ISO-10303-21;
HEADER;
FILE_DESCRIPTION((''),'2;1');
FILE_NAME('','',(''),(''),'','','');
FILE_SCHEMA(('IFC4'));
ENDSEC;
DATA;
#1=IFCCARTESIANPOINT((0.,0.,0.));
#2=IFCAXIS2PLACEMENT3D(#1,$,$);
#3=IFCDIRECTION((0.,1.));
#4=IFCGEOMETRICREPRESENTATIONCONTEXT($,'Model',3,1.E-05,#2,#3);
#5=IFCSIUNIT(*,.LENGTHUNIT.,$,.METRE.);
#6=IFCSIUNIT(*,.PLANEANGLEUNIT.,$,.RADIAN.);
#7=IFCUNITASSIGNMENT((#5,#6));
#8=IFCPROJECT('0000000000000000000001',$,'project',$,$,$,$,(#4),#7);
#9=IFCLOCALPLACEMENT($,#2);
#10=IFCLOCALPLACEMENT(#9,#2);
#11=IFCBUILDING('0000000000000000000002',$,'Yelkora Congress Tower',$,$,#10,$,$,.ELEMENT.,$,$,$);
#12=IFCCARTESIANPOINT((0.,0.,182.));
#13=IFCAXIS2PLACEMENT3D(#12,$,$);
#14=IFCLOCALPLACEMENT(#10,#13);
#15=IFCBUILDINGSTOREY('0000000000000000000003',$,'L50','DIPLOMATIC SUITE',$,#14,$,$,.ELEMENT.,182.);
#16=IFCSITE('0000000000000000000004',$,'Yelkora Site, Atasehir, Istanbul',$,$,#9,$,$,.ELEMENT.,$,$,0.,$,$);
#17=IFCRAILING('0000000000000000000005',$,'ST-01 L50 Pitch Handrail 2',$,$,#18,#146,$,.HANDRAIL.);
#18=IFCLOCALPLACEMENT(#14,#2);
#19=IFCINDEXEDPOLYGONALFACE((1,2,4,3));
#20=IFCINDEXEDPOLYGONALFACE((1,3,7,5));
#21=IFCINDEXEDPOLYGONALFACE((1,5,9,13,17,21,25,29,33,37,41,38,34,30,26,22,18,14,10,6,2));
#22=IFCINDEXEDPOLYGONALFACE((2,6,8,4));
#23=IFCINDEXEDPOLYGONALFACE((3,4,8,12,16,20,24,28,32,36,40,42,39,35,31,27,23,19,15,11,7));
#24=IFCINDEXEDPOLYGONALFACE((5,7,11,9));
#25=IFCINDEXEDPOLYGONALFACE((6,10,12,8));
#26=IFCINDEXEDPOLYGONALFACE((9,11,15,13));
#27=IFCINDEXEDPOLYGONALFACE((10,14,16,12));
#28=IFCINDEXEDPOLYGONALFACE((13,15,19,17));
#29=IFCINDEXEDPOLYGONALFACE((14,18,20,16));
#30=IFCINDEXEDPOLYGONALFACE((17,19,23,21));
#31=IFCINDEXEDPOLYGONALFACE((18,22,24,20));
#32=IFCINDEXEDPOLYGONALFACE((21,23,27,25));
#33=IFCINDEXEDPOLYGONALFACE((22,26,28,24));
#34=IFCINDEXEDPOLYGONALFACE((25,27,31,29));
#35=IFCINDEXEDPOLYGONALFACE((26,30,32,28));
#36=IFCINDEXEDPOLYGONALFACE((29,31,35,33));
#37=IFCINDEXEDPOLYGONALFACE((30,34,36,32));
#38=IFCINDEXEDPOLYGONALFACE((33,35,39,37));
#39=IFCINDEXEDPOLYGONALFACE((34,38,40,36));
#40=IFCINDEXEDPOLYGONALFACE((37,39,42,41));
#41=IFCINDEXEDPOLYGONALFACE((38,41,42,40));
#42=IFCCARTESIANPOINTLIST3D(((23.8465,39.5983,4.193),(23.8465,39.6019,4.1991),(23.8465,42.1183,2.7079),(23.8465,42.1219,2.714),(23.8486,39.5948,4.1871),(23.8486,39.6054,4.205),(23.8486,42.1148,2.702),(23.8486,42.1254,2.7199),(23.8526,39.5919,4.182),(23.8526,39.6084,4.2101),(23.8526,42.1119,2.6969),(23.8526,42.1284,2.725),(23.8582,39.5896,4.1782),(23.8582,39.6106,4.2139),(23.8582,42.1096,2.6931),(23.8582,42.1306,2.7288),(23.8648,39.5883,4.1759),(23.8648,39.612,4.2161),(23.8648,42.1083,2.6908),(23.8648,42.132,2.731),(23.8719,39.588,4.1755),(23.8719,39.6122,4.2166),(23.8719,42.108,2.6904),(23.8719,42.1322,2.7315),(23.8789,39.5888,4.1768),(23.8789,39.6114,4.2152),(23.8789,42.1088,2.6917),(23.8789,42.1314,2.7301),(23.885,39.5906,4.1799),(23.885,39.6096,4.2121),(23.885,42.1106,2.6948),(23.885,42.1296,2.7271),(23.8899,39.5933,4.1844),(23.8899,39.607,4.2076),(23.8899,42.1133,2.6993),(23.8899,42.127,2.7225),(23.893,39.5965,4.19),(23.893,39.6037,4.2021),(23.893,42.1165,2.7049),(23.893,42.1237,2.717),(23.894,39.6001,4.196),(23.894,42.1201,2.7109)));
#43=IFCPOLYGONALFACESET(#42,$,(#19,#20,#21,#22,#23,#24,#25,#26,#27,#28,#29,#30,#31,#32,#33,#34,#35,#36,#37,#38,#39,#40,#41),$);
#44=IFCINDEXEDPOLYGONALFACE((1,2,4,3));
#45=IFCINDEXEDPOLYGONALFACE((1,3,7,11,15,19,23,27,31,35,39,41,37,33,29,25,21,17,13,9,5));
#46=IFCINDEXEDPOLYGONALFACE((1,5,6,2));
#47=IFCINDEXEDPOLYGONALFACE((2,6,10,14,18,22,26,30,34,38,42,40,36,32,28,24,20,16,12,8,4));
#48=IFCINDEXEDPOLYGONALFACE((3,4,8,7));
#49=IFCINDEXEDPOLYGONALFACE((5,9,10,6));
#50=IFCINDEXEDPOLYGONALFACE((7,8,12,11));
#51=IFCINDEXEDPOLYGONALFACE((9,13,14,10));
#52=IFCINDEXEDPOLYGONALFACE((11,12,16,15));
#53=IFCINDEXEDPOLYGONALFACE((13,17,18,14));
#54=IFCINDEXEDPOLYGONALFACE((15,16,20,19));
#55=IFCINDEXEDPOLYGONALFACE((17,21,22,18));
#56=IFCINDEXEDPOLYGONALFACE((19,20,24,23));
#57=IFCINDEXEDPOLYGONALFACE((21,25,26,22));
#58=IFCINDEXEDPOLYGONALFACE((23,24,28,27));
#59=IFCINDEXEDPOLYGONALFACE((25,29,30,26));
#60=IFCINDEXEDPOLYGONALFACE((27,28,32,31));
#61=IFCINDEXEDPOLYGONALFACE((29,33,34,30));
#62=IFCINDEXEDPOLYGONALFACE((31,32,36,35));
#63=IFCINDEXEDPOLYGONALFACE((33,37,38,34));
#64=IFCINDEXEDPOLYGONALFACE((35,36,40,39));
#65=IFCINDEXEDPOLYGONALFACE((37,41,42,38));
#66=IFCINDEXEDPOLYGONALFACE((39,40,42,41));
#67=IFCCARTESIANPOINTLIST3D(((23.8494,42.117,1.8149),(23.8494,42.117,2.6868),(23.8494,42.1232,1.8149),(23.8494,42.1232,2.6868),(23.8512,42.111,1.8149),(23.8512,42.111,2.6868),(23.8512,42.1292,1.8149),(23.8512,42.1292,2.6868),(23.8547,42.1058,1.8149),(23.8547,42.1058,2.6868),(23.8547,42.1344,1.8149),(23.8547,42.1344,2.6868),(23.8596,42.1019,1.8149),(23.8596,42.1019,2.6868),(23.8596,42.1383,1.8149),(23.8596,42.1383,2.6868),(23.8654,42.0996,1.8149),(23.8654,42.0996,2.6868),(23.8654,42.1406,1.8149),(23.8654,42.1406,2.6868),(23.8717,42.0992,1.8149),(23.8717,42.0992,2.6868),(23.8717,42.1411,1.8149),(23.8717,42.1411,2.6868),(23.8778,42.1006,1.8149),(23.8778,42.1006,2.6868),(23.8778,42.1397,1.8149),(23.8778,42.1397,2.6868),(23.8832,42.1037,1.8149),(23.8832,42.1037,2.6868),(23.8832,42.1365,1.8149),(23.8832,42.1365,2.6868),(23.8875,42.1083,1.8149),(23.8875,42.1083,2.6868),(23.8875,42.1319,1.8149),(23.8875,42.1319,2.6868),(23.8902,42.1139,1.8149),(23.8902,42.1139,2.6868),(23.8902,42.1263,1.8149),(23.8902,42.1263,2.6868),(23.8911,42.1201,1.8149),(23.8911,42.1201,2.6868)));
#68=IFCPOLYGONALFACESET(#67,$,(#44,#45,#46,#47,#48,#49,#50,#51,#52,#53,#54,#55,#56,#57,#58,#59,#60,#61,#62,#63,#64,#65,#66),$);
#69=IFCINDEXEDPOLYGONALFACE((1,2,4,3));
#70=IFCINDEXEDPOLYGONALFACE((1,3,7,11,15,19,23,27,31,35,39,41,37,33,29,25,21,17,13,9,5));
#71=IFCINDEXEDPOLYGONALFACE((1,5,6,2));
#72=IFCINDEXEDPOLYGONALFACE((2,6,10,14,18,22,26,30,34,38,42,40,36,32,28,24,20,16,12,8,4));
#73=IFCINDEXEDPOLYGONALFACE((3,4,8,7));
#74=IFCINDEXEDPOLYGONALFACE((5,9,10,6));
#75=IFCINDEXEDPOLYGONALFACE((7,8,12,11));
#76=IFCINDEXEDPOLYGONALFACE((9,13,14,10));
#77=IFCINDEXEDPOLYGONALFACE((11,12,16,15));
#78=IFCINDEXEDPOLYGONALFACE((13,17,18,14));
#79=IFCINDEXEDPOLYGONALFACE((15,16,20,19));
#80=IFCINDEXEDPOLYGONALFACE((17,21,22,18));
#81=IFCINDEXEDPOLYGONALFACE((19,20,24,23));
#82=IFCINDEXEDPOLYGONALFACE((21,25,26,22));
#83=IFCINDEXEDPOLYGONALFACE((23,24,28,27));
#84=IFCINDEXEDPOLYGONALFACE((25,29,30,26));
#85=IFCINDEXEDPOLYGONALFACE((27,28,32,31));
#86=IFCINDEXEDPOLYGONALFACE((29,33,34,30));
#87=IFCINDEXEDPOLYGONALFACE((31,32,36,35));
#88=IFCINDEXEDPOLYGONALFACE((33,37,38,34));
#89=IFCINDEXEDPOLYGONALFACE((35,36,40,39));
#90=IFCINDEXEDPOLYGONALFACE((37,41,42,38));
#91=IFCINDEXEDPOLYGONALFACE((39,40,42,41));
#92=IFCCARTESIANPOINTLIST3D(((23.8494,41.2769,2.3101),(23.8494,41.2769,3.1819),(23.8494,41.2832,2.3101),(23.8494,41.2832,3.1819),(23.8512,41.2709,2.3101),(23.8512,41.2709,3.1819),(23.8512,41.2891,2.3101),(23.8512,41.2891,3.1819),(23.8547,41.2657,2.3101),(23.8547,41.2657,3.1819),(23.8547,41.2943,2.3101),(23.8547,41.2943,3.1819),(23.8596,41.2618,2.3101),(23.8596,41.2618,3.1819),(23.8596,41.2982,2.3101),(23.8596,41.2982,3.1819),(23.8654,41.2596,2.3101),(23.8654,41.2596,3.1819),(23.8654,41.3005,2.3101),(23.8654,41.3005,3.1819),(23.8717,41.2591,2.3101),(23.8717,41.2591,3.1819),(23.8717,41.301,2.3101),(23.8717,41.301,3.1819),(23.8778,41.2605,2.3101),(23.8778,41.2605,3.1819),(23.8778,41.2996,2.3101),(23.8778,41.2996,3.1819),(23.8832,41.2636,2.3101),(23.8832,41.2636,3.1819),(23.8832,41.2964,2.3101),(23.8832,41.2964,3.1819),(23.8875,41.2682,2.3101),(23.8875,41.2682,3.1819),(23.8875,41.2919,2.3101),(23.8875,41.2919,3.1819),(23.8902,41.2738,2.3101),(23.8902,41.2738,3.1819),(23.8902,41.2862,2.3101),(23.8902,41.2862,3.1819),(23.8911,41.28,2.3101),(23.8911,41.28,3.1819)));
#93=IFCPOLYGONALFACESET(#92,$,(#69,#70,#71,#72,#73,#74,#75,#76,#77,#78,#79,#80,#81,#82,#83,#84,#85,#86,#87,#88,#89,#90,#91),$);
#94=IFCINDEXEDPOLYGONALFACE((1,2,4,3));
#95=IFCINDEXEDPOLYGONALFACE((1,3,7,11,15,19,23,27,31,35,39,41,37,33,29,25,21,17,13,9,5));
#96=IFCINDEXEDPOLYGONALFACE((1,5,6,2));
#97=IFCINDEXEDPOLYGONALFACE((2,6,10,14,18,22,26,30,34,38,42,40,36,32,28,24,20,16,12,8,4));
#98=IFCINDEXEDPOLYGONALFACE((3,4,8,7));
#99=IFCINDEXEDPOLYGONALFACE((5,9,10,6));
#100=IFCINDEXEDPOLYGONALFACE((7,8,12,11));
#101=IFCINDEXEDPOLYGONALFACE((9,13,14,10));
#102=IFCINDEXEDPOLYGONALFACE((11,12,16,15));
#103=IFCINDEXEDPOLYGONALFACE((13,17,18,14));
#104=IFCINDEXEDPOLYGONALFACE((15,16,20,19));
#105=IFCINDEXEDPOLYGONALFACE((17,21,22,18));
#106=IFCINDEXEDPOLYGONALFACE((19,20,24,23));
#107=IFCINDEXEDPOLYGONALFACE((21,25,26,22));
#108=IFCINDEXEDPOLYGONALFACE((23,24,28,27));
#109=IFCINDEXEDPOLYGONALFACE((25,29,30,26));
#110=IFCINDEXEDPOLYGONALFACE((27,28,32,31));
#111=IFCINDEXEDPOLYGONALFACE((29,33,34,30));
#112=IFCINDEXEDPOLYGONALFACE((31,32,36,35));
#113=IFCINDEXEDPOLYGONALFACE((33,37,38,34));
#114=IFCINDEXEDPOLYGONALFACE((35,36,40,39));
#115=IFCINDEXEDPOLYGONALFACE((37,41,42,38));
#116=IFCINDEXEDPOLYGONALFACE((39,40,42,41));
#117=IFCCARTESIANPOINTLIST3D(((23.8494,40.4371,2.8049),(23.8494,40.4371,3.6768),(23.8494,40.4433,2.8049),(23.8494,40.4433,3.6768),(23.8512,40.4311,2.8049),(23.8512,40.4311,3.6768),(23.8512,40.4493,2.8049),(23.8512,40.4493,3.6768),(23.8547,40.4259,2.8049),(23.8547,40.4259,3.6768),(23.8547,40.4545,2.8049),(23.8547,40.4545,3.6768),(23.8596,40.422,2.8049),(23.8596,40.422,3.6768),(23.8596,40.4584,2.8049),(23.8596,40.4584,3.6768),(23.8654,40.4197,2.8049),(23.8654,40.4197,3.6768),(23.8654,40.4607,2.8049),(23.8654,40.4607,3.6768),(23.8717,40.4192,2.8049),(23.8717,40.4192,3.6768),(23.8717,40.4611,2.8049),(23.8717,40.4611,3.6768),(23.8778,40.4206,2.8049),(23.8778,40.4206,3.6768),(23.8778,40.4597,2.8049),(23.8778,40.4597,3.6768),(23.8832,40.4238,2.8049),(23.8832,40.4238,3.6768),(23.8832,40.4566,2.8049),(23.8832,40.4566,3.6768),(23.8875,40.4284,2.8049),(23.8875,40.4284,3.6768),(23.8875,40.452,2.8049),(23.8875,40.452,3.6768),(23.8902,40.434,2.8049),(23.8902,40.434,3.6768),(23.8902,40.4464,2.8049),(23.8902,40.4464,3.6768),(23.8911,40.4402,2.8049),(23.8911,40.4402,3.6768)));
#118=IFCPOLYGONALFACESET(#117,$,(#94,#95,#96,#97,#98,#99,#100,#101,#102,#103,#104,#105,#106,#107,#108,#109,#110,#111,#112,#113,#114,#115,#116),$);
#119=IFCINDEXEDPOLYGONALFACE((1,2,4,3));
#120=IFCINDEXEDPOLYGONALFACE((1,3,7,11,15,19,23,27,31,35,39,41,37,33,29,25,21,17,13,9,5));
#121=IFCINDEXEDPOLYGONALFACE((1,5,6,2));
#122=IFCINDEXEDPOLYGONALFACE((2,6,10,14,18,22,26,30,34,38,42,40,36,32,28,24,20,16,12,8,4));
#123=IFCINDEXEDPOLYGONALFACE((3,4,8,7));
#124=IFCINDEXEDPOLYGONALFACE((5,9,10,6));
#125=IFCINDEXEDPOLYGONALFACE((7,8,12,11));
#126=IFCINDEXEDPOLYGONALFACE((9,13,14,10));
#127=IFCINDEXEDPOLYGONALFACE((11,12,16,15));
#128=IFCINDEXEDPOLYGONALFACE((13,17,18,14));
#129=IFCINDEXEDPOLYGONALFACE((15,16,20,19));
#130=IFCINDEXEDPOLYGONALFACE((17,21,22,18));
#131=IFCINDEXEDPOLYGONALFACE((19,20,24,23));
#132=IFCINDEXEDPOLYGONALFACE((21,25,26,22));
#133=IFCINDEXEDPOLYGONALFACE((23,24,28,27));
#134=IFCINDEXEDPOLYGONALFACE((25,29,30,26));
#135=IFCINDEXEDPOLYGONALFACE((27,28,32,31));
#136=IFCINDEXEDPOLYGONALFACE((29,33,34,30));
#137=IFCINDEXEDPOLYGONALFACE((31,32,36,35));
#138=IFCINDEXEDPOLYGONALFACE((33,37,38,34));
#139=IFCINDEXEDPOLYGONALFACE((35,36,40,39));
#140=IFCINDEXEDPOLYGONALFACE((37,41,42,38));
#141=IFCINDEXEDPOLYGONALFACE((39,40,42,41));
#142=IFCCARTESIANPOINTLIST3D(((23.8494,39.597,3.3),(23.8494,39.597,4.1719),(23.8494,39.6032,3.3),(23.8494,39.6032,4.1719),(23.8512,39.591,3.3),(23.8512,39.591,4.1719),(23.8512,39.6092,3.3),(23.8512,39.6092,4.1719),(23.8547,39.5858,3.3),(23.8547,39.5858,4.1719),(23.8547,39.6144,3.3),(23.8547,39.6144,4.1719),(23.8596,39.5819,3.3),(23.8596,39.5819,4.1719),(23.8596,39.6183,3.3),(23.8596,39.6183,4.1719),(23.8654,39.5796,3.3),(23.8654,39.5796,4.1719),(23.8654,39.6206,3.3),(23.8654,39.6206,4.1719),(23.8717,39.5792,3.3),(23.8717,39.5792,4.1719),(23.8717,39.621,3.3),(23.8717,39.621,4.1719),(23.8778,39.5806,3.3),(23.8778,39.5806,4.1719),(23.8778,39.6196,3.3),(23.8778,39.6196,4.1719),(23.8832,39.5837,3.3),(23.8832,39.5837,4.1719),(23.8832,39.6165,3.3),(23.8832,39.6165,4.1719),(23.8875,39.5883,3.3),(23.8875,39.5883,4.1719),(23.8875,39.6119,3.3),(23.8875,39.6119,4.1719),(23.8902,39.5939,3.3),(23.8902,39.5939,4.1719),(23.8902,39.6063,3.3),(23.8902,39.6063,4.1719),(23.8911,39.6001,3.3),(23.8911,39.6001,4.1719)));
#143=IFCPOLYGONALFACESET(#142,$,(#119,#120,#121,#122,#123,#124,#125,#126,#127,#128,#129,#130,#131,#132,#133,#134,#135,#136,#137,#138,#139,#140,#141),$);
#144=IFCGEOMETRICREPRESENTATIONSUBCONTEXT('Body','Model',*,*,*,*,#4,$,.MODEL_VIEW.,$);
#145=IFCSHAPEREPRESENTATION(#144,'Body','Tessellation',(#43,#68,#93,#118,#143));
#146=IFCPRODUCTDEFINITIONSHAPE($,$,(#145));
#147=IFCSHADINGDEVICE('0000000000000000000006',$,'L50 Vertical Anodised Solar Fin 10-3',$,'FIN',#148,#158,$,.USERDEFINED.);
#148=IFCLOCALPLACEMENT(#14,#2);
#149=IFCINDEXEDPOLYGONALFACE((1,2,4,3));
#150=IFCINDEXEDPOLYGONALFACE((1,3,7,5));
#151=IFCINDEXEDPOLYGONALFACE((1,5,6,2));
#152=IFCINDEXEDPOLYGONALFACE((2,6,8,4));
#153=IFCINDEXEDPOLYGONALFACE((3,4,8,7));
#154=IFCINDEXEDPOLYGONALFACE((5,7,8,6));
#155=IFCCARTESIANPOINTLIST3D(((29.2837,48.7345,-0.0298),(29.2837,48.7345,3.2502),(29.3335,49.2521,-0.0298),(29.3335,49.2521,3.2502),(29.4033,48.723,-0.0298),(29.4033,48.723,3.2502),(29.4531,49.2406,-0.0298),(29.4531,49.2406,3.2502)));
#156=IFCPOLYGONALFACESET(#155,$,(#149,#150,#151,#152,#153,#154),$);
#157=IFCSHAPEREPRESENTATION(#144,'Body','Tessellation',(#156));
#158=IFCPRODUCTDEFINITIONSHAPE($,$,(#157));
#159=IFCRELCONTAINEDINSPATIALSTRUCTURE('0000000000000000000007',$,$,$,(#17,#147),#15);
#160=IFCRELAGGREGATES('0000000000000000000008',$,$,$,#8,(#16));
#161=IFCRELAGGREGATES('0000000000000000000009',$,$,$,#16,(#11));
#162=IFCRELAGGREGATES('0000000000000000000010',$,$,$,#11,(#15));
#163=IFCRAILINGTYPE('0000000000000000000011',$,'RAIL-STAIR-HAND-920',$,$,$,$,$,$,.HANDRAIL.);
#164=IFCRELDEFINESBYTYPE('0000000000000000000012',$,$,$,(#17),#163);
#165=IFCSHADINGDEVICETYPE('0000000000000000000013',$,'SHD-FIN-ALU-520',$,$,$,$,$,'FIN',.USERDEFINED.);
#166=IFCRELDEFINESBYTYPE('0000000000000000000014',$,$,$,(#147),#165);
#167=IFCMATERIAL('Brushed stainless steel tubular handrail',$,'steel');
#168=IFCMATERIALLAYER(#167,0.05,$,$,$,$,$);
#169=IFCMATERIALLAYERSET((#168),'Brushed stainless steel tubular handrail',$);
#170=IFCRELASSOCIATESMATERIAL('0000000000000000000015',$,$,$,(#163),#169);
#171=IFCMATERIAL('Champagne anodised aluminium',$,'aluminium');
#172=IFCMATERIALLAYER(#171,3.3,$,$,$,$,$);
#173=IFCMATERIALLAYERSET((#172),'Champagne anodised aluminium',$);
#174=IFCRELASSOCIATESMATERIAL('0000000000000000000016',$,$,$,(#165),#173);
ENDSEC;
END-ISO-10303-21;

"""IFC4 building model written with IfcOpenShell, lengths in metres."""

from ifc_helpers import new_model, si_unit, direction, frame, origin, origin_2d, place, context, subcontext, project, spatial, rectangle, circle, extrude, material, layer, layer_set, type_object, element, save


model = new_model("IFC4")

# Units and contexts
model_context = context("Model", 3, precision=1e-05, world=origin(), true_north=direction((0.0, 1.0)))
body_context = subcontext(model_context, "Body", "Model", "MODEL_VIEW")
ifc_project = project(units=[si_unit("LENGTHUNIT", "METRE"), si_unit("PLANEANGLEUNIT", "RADIAN")], contexts=[model_context])

# Site, building, storey
site_placement = place(None, origin())
site = spatial("IfcSite", under=ifc_project, at=site_placement, Name="Yelkora Site, Atasehir, Istanbul", CompositionType="ELEMENT", RefElevation=0.0)
building_placement = place(site_placement, origin())
building = spatial("IfcBuilding", under=site, at=building_placement, Name="Yelkora Congress Tower", CompositionType="ELEMENT")
storey_placement = place(building_placement, frame((0.0, 0.0, 182.0)))
storey = spatial("IfcBuildingStorey", under=building, at=storey_placement, Name="L50", Description="DIPLOMATIC SUITE", CompositionType="ELEMENT", Elevation=182.0)

# Railing
ifc_material_1 = material(Name="Brushed stainless steel tubular handrail", Category="steel")
ifc_layer_1 = layer(ifc_material_1, 0.05)
ifc_layer_set_1 = layer_set([ifc_layer_1], Name="Brushed stainless steel tubular handrail")
railing_type_1 = type_object("IfcRailingType", Name="RAIL-STAIR-HAND-920", PredefinedType="HANDRAIL", material=ifc_layer_set_1)
railing_1_placement = place(storey_placement, frame((23.8701, 42.1201, 1.8149)))
element("IfcRailing", 1, at=railing_1_placement, inside=storey, type_object=railing_type_1, Name="ST-01 L50 Pitch Handrail 2", PredefinedType="HANDRAIL", context=body_context, shape_type="SweptSolid", body=[
    extrude(circle(Radius=0.0239, at=origin_2d()), frame((0.0, 0.0, 0.896), z_axis=(0.0, -0.861524, 0.507717), x_axis=(1.0, 0.0, 0.0)), (0.0, 0.0, 1.0), 2.925),
    extrude(circle(Radius=0.021, at=origin_2d()), origin(), (0.0, 0.0, 1.0), 0.8718),
    extrude(circle(Radius=0.021, at=origin_2d()), frame((0.0, -0.8401, 0.4951)), (0.0, 0.0, 1.0), 0.8718),
    extrude(circle(Radius=0.021, at=origin_2d()), frame((0.0, -1.6799, 0.99)), (0.0, 0.0, 1.0), 0.8718),
    extrude(circle(Radius=0.021, at=origin_2d()), frame((0.0, -2.52, 1.4851)), (0.0, 0.0, 1.0), 0.8718),
])

# Shading device
ifc_material_2 = material(Name="Champagne anodised aluminium", Category="aluminium")
ifc_layer_2 = layer(ifc_material_2, 3.3)
ifc_layer_set_2 = layer_set([ifc_layer_2], Name="Champagne anodised aluminium")
shading_device_type = type_object("IfcShadingDeviceType", Name="SHD-FIN-ALU-520", ElementType="FIN", PredefinedType="USERDEFINED", material=ifc_layer_set_2)
shading_device_placement = place(storey_placement, frame((29.3684, 48.9875, -0.0298), z_axis=(0.0, 0.0, 1.0), x_axis=(0.995396, -0.095846, 0.0)))
element("IfcShadingDevice", 2, at=shading_device_placement, inside=storey, type_object=shading_device_type, Name="L50 Vertical Anodised Solar Fin 10-3", ObjectType="FIN", PredefinedType="USERDEFINED", context=body_context, shape_type="SweptSolid", body=[
    extrude(rectangle(XDim=0.1201, YDim=0.52, at=origin_2d()), origin(), (0.0, 0.0, 1.0), 3.28),
])

save(model, "model.ifc")
